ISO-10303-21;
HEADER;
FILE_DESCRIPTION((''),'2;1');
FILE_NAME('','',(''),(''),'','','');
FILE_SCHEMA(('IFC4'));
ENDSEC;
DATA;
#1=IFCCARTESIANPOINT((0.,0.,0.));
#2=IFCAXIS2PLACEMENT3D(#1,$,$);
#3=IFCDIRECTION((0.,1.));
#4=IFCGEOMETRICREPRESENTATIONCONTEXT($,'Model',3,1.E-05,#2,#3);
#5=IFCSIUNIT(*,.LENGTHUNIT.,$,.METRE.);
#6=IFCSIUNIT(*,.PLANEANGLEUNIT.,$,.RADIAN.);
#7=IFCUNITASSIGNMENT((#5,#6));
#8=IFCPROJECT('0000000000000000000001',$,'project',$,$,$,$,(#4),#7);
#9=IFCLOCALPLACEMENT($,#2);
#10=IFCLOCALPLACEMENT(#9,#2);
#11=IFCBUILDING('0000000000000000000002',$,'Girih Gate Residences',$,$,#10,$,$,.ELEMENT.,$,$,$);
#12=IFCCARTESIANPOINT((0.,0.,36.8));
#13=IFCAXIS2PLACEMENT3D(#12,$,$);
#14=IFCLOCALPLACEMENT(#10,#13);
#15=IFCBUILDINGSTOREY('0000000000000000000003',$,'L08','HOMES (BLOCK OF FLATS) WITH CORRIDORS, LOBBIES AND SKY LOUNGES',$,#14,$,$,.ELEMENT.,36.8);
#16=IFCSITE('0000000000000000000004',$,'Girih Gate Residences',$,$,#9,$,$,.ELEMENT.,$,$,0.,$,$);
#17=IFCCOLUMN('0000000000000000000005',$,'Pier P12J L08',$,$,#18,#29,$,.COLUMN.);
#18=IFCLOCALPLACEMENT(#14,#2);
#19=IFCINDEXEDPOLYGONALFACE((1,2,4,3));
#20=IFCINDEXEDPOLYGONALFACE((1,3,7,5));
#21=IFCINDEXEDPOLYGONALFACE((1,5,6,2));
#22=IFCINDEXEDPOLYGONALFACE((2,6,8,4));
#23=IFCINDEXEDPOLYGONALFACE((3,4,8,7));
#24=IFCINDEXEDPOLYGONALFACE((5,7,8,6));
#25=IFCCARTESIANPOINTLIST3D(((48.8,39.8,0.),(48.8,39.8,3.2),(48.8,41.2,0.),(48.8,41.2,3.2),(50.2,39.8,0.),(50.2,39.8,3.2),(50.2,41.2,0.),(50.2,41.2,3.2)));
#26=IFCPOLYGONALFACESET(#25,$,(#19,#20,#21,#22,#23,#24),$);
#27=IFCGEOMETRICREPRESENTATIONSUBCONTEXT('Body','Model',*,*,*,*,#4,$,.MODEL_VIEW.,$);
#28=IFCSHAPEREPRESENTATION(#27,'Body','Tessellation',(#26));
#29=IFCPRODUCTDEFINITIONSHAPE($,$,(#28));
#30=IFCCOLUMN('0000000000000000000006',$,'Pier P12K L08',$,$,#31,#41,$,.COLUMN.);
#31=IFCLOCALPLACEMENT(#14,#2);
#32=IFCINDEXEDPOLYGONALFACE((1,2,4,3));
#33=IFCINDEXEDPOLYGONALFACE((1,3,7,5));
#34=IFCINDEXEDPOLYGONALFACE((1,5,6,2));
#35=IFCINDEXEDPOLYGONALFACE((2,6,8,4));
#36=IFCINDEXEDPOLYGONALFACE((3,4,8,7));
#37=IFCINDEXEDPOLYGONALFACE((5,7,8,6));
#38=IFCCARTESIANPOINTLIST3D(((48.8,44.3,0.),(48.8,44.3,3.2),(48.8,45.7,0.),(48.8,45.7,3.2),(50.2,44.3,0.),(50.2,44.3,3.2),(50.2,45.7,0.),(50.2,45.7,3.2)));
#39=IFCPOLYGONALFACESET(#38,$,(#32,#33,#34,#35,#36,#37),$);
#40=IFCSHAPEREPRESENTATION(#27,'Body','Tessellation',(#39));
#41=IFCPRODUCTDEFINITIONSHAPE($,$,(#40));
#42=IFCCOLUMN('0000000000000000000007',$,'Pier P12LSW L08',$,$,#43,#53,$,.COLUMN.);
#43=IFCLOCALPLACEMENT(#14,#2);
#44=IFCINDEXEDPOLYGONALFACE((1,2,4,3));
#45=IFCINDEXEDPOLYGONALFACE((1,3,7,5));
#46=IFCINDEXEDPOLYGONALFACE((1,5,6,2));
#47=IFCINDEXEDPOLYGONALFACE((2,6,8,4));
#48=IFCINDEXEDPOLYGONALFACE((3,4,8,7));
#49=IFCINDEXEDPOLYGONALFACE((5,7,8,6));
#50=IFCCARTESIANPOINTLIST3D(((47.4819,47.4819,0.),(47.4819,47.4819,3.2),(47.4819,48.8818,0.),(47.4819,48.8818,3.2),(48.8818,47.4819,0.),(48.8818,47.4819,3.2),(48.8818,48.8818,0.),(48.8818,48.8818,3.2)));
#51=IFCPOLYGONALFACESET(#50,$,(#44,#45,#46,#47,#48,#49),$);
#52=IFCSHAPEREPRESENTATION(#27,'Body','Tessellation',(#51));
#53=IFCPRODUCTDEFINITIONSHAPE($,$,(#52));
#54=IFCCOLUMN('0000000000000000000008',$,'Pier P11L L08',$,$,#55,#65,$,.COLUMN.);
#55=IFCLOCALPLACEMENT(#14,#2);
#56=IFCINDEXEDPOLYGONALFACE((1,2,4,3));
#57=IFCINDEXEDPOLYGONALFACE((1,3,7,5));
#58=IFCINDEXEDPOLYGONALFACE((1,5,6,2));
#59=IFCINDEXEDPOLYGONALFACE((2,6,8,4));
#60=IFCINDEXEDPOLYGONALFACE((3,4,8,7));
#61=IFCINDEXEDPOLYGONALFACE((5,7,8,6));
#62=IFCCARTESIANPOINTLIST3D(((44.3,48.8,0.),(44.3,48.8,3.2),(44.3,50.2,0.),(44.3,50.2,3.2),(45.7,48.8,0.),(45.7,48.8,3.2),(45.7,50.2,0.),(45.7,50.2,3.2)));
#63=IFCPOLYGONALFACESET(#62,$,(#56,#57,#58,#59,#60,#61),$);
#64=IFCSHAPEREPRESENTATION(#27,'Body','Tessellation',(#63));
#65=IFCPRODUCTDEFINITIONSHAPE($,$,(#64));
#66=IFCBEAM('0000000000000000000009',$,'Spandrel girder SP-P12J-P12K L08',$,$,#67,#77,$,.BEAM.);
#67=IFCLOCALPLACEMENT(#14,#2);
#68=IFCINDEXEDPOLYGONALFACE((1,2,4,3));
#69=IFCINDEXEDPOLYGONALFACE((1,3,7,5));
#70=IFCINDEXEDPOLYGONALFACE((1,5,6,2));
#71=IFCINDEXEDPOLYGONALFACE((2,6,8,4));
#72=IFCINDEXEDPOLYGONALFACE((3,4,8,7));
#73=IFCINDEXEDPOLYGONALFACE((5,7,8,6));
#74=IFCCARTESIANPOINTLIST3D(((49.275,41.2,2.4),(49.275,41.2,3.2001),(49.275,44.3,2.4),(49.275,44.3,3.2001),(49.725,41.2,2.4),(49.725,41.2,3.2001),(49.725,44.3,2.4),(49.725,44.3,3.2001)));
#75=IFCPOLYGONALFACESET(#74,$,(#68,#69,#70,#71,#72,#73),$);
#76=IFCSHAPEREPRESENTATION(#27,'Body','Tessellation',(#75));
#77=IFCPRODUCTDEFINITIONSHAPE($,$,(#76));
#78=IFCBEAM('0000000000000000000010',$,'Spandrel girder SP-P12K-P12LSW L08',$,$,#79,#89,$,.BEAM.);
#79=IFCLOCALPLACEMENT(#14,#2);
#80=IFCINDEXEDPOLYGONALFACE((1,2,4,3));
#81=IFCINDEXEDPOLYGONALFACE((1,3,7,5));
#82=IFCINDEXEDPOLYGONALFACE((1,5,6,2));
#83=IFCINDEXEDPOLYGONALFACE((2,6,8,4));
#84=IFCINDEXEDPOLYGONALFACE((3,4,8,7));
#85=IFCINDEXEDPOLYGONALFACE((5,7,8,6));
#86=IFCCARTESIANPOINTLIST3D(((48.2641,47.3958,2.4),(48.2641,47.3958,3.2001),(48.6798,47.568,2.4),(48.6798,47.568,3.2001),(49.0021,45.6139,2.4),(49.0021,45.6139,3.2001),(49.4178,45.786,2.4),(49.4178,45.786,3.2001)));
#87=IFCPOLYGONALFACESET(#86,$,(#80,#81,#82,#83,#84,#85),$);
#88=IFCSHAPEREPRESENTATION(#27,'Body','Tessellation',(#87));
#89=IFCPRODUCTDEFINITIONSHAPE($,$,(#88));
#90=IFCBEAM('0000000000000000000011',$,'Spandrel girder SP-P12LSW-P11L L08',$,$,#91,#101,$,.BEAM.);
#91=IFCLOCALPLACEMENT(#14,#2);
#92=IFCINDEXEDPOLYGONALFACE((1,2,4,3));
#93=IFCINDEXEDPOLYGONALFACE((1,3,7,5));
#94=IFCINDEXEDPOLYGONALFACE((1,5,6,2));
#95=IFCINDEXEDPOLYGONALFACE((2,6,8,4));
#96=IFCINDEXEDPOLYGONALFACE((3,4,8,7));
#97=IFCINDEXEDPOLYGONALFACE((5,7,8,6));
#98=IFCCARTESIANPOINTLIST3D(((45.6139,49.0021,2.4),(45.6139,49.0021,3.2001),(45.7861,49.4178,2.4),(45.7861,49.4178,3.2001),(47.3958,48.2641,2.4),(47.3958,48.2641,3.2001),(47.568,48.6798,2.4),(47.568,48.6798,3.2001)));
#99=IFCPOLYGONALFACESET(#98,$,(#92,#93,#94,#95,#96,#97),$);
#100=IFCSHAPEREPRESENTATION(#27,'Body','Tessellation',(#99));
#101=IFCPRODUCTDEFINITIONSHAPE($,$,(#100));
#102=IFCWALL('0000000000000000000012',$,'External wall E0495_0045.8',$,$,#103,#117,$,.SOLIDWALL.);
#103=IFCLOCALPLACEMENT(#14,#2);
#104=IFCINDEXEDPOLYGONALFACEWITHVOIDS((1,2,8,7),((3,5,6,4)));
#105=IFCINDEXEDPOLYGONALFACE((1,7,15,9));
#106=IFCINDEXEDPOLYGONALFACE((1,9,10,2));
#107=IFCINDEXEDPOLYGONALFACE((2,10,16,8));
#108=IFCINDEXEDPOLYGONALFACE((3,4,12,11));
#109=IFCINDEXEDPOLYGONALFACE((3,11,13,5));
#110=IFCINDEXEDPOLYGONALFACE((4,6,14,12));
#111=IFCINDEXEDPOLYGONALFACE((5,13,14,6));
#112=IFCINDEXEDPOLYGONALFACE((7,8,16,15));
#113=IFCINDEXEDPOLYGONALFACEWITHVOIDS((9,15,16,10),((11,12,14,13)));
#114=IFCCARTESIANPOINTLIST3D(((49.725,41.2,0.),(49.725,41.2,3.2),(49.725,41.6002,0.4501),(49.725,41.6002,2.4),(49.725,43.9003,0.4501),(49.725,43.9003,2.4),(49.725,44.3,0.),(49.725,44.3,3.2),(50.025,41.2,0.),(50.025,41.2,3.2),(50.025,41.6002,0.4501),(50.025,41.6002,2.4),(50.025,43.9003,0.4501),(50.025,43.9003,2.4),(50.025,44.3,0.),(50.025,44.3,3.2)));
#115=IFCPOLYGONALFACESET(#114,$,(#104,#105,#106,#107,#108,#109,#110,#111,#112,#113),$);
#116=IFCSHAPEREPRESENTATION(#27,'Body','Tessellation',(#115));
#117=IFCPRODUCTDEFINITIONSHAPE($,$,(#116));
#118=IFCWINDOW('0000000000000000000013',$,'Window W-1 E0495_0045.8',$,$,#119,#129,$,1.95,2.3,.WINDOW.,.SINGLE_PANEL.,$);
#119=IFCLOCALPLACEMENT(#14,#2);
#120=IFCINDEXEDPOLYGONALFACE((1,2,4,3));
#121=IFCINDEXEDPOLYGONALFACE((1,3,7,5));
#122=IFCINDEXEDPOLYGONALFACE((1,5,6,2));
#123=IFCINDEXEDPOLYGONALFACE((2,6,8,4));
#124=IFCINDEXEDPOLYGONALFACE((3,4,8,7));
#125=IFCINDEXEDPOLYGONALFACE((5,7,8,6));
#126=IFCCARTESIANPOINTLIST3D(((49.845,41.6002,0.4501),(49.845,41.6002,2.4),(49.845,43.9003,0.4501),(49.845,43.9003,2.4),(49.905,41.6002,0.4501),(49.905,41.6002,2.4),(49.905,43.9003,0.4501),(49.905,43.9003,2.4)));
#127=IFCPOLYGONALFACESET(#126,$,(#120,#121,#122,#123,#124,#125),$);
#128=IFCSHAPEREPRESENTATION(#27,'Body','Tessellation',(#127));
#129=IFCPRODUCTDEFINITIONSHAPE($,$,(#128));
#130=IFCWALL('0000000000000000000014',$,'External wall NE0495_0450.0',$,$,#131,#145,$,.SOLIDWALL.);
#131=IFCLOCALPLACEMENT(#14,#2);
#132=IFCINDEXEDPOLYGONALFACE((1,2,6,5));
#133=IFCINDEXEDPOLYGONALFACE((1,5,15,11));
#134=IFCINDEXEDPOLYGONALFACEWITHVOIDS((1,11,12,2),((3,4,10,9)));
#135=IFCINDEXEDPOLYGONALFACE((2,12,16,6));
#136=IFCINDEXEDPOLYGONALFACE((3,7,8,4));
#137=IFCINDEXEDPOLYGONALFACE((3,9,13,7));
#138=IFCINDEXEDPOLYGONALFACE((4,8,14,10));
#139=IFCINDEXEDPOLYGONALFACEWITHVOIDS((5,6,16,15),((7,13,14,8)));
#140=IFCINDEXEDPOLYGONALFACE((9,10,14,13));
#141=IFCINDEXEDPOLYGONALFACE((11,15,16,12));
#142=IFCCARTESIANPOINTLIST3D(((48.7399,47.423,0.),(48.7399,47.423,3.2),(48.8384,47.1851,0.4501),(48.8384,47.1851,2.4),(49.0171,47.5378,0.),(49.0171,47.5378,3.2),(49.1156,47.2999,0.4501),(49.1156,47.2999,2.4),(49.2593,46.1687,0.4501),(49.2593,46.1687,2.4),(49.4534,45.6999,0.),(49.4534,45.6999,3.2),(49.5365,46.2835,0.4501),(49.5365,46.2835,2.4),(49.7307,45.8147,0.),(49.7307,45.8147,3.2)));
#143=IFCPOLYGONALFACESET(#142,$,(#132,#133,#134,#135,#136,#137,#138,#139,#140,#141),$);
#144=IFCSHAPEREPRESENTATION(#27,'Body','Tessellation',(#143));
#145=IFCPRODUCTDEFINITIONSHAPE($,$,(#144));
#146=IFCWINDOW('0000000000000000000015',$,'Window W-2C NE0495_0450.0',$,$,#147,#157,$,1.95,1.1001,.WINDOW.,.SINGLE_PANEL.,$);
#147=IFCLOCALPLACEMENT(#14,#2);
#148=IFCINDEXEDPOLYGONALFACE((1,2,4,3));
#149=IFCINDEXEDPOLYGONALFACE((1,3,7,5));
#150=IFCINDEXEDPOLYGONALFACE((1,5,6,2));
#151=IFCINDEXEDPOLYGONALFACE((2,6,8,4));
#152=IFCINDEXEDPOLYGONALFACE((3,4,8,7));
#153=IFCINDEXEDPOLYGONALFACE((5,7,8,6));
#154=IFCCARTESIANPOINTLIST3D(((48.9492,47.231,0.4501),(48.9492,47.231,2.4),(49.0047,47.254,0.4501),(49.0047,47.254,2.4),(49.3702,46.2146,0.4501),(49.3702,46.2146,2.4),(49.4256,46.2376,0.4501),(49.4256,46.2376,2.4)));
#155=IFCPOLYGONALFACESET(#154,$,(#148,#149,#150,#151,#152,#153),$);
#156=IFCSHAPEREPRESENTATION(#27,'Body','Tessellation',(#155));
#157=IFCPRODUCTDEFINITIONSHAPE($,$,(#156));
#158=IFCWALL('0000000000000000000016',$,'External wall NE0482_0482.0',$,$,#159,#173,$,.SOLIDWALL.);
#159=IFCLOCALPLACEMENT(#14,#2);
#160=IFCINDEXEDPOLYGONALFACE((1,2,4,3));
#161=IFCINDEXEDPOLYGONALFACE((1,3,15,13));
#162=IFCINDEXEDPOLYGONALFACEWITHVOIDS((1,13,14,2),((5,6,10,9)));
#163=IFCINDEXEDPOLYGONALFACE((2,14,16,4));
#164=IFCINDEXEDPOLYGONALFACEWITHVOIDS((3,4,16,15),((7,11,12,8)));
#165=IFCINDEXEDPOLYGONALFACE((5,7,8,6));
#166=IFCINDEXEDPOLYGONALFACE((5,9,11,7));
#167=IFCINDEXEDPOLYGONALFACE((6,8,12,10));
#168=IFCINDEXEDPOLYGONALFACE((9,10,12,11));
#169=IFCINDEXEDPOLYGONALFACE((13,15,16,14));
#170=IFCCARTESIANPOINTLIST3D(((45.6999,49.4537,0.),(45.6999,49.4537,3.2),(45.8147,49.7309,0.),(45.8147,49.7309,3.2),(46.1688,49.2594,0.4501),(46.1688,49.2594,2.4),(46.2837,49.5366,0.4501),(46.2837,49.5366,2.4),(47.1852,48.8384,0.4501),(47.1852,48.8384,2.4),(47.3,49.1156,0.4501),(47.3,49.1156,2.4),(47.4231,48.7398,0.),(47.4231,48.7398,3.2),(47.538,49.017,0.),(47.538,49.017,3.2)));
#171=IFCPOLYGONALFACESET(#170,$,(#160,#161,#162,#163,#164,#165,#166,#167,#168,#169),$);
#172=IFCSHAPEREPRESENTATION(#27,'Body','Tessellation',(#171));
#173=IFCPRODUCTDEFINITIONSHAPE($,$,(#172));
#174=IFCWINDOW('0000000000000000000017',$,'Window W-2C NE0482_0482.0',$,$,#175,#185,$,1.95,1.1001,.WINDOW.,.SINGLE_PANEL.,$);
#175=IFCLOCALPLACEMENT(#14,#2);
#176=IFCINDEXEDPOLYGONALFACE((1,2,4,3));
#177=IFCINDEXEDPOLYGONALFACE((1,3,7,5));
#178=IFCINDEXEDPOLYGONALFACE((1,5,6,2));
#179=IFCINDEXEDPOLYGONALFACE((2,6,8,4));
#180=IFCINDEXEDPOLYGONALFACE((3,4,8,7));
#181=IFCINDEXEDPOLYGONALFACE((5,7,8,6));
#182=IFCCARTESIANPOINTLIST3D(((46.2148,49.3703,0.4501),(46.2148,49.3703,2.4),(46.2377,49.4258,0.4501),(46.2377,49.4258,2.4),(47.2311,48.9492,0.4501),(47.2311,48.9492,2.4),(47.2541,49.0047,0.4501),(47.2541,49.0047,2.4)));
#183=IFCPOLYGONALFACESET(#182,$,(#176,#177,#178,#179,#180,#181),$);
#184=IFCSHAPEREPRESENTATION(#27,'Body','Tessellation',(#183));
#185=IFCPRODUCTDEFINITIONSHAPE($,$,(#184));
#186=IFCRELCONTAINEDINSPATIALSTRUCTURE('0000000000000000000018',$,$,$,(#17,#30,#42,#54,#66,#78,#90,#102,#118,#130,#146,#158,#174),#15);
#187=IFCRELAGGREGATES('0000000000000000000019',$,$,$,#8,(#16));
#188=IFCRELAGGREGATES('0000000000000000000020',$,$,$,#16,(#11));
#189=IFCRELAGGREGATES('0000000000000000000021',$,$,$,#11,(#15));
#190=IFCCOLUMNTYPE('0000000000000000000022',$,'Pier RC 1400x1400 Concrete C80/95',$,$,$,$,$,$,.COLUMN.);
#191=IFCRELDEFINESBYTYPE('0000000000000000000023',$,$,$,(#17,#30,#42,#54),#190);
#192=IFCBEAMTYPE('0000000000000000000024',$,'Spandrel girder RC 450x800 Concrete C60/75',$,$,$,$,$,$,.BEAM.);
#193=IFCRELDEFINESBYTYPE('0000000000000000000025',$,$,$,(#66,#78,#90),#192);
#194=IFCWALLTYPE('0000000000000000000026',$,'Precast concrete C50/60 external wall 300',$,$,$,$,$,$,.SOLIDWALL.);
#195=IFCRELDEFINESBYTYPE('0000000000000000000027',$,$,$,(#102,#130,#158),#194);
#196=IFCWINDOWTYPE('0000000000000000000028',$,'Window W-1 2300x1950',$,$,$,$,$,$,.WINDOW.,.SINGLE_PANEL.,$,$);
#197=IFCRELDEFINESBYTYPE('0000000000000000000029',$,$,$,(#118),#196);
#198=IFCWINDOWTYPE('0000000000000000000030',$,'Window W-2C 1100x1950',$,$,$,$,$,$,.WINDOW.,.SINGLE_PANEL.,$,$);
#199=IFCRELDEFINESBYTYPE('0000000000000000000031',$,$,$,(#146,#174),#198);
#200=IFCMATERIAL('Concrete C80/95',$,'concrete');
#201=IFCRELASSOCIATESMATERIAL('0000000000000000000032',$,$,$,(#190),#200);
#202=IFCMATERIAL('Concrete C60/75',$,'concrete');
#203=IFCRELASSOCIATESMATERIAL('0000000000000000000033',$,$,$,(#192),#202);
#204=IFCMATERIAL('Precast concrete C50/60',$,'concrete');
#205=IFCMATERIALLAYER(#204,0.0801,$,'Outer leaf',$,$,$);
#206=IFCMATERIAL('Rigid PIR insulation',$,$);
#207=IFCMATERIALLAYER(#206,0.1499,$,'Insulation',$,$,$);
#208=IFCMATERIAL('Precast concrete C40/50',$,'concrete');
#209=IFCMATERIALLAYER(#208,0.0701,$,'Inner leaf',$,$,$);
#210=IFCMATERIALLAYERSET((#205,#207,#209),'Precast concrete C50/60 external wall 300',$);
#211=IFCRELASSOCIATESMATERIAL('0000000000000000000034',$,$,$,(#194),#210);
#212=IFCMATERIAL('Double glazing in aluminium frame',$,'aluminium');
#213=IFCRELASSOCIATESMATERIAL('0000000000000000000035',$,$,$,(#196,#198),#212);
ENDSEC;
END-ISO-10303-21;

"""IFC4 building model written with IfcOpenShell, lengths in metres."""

from ifc_helpers import new_model, si_unit, direction, frame, frame_2d, origin, origin_2d, place, context, subcontext, project, spatial, rectangle, extrude, material, layer, layer_set, material_profile, profile_set, type_object, element, fill, save


model = new_model("IFC4")

# Units and contexts
model_context = context("Model", 3, precision=1e-05, world=origin(), true_north=direction((0.0, 1.0)))
body_context = subcontext(model_context, "Body", "Model", "MODEL_VIEW")
ifc_project = project(units=[si_unit("LENGTHUNIT", "METRE"), si_unit("PLANEANGLEUNIT", "RADIAN")], contexts=[model_context])

# Site, building, storey
site_placement = place(None, origin())
site = spatial("IfcSite", under=ifc_project, at=site_placement, Name="Girih Gate Residences", CompositionType="ELEMENT", RefElevation=0.0)
building_placement = place(site_placement, origin())
building = spatial("IfcBuilding", under=site, at=building_placement, Name="Girih Gate Residences", CompositionType="ELEMENT")
storey_placement = place(building_placement, frame((0.0, 0.0, 36.8)))
storey = spatial("IfcBuildingStorey", under=building, at=storey_placement, Name="L08", Description="HOMES (BLOCK OF FLATS) WITH CORRIDORS, LOBBIES AND SKY LOUNGES", CompositionType="ELEMENT", Elevation=36.8)

# Columns
ifc_material_1 = material(Name="Concrete C80/95", Category="concrete")
ifc_material_profile_1 = material_profile(ifc_material_1, rectangle(XDim=1.3999, YDim=1.3999, at=origin_2d()))
ifc_profile_set_1 = profile_set([ifc_material_profile_1], Name="Concrete C80/95")
column_type = type_object("IfcColumnType", Name="Pier RC 1400x1400 Concrete C80/95", PredefinedType="COLUMN", material=ifc_profile_set_1)
for number, where, z_axis, x_axis, name in (
    (1, (49.5, 40.5, 0.0), (0.0, 0.0, 1.0), (1.0, 0.0, 0.0), "Pier P12J L08"),
    (2, (49.5, 45.0, 0.0), (0.0, 0.0, 1.0), (1.0, 0.0, 0.0), "Pier P12K L08"),
    (3, (48.1819, 48.1819, 0.0), (0.0, 0.0, 1.0), (1.0, 0.0, 0.0), "Pier P12LSW L08"),
    (4, (45.0, 49.5, 0.0), (0.0, 0.0, 1.0), (1.0, 0.0, 0.0), "Pier P11L L08"),
):
    element("IfcColumn", number, at=place(storey_placement, frame(where, z_axis=z_axis, x_axis=x_axis)), inside=storey, type_object=column_type, Name=name, PredefinedType="COLUMN", context=body_context, shape_type="SweptSolid", body=[
        extrude(rectangle(XDim=1.3999, YDim=1.3999, at=origin_2d()), origin(), (0.0, 0.0, 1.0), 3.2),
    ])

# Beams
ifc_material_2 = material(Name="Concrete C60/75", Category="concrete")
ifc_material_profile_2 = material_profile(ifc_material_2, rectangle(XDim=0.45, YDim=0.8, at=origin_2d()))
ifc_profile_set_2 = profile_set([ifc_material_profile_2], Name="Concrete C60/75")
beam_type = type_object("IfcBeamType", Name="Spandrel girder RC 450x800 Concrete C60/75", PredefinedType="BEAM", material=ifc_profile_set_2)
beam_placement = place(storey_placement, frame((49.5, 41.2, 2.8), z_axis=(0.0, 1.0, 0.0), x_axis=(-1.0, 0.0, 0.0)))
element("IfcBeam", 5, at=beam_placement, inside=storey, type_object=beam_type, Name="Spandrel girder SP-P12J-P12K L08", PredefinedType="BEAM", context=body_context, shape_type="SweptSolid", body=[
    extrude(rectangle(XDim=0.45, YDim=0.8, at=origin_2d()), origin(), (0.0, 0.0, 1.0), 3.1001),
])
for number, where, z_axis, x_axis, name in (
    (6, (49.21, 45.7, 2.8), (-0.382646, 0.923895, 0.0), (-0.923895, -0.382646, 0.0), "Spandrel girder SP-P12K-P12LSW L08"),
    (7, (47.4819, 48.4719, 2.8), (-0.923895, 0.382646, 0.0), (-0.382646, -0.923895, 0.0), "Spandrel girder SP-P12LSW-P11L L08"),
):
    element("IfcBeam", number, at=place(storey_placement, frame(where, z_axis=z_axis, x_axis=x_axis)), inside=storey, type_object=beam_type, Name=name, PredefinedType="BEAM", context=body_context, shape_type="SweptSolid", body=[
        extrude(rectangle(XDim=0.45, YDim=0.8, at=origin_2d()), origin(), (0.0, 0.0, 1.0), 1.9287),
    ])

# Walls, openings, windows
ifc_material_3 = material(Name="Precast concrete C50/60", Category="concrete")
ifc_layer_1 = layer(ifc_material_3, 0.0801, Name="Outer leaf")
ifc_material_4 = material(Name="Rigid PIR insulation")
ifc_layer_2 = layer(ifc_material_4, 0.1499, Name="Insulation")
ifc_material_5 = material(Name="Precast concrete C40/50", Category="concrete")
ifc_layer_3 = layer(ifc_material_5, 0.0701, Name="Inner leaf")
ifc_layer_set = layer_set([ifc_layer_1, ifc_layer_2, ifc_layer_3], Name="Precast concrete C50/60 external wall 300")
wall_type = type_object("IfcWallType", Name="Precast concrete C50/60 external wall 300", PredefinedType="SOLIDWALL", material=ifc_layer_set)
wall_1_placement = place(storey_placement, frame((49.875, 44.3, 0.0), z_axis=(0.0, 0.0, 1.0), x_axis=(0.0, -1.0, 0.0)))
wall_1 = element("IfcWall", 8, at=wall_1_placement, inside=storey, type_object=wall_type, Name="External wall E0495_0045.8", PredefinedType="SOLIDWALL", context=body_context, shape_type="SweptSolid", body=[
    extrude(rectangle(XDim=3.1001, YDim=0.3, at=frame_2d((1.55, 0.0))), origin(), (0.0, 0.0, 1.0), 3.2),
])
opening_1_placement = place(wall_1_placement, frame((0.3999, 0.0, 0.45)))
opening_1 = element("IfcOpeningElement", 9, at=opening_1_placement, cuts=wall_1, PredefinedType="OPENING", context=body_context, shape_type="SweptSolid", body=[
    extrude(rectangle(XDim=2.3, YDim=1.95, at=frame_2d((1.1499, 0.9751))), frame((0.0, 0.1599, 0.0), z_axis=(0.0, -1.0, 0.0), x_axis=(1.0, 0.0, 0.0)), (0.0, 0.0, 1.0), 0.3201),
])
ifc_material_6 = material(Name="Double glazing in aluminium frame", Category="aluminium")
window_type_1 = type_object("IfcWindowType", Name="Window W-1 2300x1950", PartitioningType="SINGLE_PANEL", PredefinedType="WINDOW", material=ifc_material_6)
window_1_placement = place(opening_1_placement, origin())
window_1 = element("IfcWindow", 10, at=window_1_placement, inside=storey, type_object=window_type_1, Name="Window W-1 E0495_0045.8", OverallHeight=1.95, OverallWidth=2.3, PartitioningType="SINGLE_PANEL", PredefinedType="WINDOW", context=body_context, shape_type="SweptSolid", body=[
    extrude(rectangle(XDim=2.3, YDim=1.95, at=frame_2d((1.1499, 0.9751))), frame((0.0, 0.03, 0.0), z_axis=(0.0, -1.0, 0.0), x_axis=(1.0, 0.0, 0.0)), (0.0, 0.0, 1.0), 0.0601),
])
fill(opening_1, window_1)
wall_2_placement = place(storey_placement, frame((48.8784, 47.4805, 0.0), z_axis=(0.0, 0.0, 1.0), x_axis=(0.382625, -0.923904, 0.0)))
wall_2 = element("IfcWall", 11, at=wall_2_placement, inside=storey, type_object=wall_type, Name="External wall NE0495_0450.0", PredefinedType="SOLIDWALL", context=body_context, shape_type="SweptSolid", body=[
    extrude(rectangle(XDim=1.865, YDim=0.3, at=frame_2d((0.9326, 0.0))), origin(), (0.0, 0.0, 1.0), 3.2),
])
opening_2_placement = place(wall_2_placement, frame((0.2576, 0.0, 0.45)))
opening_2 = element("IfcOpeningElement", 12, at=opening_2_placement, cuts=wall_2, PredefinedType="OPENING", context=body_context, shape_type="SweptSolid", body=[
    extrude(rectangle(XDim=1.1001, YDim=1.95, at=frame_2d((0.55, 0.9751))), frame((0.0, 0.1599, 0.0), z_axis=(0.0, -1.0, 0.0), x_axis=(1.0, 0.0, 0.0)), (0.0, 0.0, 1.0), 0.3201),
])
window_type_2 = type_object("IfcWindowType", Name="Window W-2C 1100x1950", PartitioningType="SINGLE_PANEL", PredefinedType="WINDOW", material=ifc_material_6)
window_2_placement = place(opening_2_placement, origin())
window_2 = element("IfcWindow", 13, at=window_2_placement, inside=storey, type_object=window_type_2, Name="Window W-2C NE0495_0450.0", OverallHeight=1.95, OverallWidth=1.1001, PartitioningType="SINGLE_PANEL", PredefinedType="WINDOW", context=body_context, shape_type="SweptSolid", body=[
    extrude(rectangle(XDim=1.1001, YDim=1.95, at=frame_2d((0.55, 0.9751))), frame((0.0, 0.03, 0.0), z_axis=(0.0, -1.0, 0.0), x_axis=(1.0, 0.0, 0.0)), (0.0, 0.0, 1.0), 0.0601),
])
fill(opening_2, window_2)
wall_3_placement = place(storey_placement, frame((45.7573, 49.5923, 0.0), z_axis=(0.0, 0.0, 1.0), x_axis=(0.923857, -0.382737, 0.0)))
wall_3 = element("IfcWall", 14, at=wall_3_placement, inside=storey, type_object=wall_type, Name="External wall NE0482_0482.0", PredefinedType="SOLIDWALL", context=body_context, shape_type="SweptSolid", body=[
    extrude(rectangle(XDim=1.8652, YDim=0.3, at=frame_2d((0.9326, 0.0))), origin(), (0.0, 0.0, 1.0), 3.2),
])
opening_3_placement = place(wall_3_placement, frame((0.5076, 0.0, 0.45)))
opening_3 = element("IfcOpeningElement", 15, at=opening_3_placement, cuts=wall_3, PredefinedType="OPENING", context=body_context, shape_type="SweptSolid", body=[
    extrude(rectangle(XDim=1.1001, YDim=1.95, at=frame_2d((0.55, 0.9751))), frame((0.0, 0.1599, 0.0), z_axis=(0.0, -1.0, 0.0), x_axis=(1.0, 0.0, 0.0)), (0.0, 0.0, 1.0), 0.3201),
])
window_3_placement = place(opening_3_placement, origin())
window_3 = element("IfcWindow", 16, at=window_3_placement, inside=storey, type_object=window_type_2, Name="Window W-2C NE0482_0482.0", OverallHeight=1.95, OverallWidth=1.1001, PartitioningType="SINGLE_PANEL", PredefinedType="WINDOW", context=body_context, shape_type="SweptSolid", body=[
    extrude(rectangle(XDim=1.1001, YDim=1.95, at=frame_2d((0.55, 0.9751))), frame((0.0, 0.03, 0.0), z_axis=(0.0, -1.0, 0.0), x_axis=(1.0, 0.0, 0.0)), (0.0, 0.0, 1.0), 0.0601),
])
fill(opening_3, window_3)

save(model, "model.ifc")
